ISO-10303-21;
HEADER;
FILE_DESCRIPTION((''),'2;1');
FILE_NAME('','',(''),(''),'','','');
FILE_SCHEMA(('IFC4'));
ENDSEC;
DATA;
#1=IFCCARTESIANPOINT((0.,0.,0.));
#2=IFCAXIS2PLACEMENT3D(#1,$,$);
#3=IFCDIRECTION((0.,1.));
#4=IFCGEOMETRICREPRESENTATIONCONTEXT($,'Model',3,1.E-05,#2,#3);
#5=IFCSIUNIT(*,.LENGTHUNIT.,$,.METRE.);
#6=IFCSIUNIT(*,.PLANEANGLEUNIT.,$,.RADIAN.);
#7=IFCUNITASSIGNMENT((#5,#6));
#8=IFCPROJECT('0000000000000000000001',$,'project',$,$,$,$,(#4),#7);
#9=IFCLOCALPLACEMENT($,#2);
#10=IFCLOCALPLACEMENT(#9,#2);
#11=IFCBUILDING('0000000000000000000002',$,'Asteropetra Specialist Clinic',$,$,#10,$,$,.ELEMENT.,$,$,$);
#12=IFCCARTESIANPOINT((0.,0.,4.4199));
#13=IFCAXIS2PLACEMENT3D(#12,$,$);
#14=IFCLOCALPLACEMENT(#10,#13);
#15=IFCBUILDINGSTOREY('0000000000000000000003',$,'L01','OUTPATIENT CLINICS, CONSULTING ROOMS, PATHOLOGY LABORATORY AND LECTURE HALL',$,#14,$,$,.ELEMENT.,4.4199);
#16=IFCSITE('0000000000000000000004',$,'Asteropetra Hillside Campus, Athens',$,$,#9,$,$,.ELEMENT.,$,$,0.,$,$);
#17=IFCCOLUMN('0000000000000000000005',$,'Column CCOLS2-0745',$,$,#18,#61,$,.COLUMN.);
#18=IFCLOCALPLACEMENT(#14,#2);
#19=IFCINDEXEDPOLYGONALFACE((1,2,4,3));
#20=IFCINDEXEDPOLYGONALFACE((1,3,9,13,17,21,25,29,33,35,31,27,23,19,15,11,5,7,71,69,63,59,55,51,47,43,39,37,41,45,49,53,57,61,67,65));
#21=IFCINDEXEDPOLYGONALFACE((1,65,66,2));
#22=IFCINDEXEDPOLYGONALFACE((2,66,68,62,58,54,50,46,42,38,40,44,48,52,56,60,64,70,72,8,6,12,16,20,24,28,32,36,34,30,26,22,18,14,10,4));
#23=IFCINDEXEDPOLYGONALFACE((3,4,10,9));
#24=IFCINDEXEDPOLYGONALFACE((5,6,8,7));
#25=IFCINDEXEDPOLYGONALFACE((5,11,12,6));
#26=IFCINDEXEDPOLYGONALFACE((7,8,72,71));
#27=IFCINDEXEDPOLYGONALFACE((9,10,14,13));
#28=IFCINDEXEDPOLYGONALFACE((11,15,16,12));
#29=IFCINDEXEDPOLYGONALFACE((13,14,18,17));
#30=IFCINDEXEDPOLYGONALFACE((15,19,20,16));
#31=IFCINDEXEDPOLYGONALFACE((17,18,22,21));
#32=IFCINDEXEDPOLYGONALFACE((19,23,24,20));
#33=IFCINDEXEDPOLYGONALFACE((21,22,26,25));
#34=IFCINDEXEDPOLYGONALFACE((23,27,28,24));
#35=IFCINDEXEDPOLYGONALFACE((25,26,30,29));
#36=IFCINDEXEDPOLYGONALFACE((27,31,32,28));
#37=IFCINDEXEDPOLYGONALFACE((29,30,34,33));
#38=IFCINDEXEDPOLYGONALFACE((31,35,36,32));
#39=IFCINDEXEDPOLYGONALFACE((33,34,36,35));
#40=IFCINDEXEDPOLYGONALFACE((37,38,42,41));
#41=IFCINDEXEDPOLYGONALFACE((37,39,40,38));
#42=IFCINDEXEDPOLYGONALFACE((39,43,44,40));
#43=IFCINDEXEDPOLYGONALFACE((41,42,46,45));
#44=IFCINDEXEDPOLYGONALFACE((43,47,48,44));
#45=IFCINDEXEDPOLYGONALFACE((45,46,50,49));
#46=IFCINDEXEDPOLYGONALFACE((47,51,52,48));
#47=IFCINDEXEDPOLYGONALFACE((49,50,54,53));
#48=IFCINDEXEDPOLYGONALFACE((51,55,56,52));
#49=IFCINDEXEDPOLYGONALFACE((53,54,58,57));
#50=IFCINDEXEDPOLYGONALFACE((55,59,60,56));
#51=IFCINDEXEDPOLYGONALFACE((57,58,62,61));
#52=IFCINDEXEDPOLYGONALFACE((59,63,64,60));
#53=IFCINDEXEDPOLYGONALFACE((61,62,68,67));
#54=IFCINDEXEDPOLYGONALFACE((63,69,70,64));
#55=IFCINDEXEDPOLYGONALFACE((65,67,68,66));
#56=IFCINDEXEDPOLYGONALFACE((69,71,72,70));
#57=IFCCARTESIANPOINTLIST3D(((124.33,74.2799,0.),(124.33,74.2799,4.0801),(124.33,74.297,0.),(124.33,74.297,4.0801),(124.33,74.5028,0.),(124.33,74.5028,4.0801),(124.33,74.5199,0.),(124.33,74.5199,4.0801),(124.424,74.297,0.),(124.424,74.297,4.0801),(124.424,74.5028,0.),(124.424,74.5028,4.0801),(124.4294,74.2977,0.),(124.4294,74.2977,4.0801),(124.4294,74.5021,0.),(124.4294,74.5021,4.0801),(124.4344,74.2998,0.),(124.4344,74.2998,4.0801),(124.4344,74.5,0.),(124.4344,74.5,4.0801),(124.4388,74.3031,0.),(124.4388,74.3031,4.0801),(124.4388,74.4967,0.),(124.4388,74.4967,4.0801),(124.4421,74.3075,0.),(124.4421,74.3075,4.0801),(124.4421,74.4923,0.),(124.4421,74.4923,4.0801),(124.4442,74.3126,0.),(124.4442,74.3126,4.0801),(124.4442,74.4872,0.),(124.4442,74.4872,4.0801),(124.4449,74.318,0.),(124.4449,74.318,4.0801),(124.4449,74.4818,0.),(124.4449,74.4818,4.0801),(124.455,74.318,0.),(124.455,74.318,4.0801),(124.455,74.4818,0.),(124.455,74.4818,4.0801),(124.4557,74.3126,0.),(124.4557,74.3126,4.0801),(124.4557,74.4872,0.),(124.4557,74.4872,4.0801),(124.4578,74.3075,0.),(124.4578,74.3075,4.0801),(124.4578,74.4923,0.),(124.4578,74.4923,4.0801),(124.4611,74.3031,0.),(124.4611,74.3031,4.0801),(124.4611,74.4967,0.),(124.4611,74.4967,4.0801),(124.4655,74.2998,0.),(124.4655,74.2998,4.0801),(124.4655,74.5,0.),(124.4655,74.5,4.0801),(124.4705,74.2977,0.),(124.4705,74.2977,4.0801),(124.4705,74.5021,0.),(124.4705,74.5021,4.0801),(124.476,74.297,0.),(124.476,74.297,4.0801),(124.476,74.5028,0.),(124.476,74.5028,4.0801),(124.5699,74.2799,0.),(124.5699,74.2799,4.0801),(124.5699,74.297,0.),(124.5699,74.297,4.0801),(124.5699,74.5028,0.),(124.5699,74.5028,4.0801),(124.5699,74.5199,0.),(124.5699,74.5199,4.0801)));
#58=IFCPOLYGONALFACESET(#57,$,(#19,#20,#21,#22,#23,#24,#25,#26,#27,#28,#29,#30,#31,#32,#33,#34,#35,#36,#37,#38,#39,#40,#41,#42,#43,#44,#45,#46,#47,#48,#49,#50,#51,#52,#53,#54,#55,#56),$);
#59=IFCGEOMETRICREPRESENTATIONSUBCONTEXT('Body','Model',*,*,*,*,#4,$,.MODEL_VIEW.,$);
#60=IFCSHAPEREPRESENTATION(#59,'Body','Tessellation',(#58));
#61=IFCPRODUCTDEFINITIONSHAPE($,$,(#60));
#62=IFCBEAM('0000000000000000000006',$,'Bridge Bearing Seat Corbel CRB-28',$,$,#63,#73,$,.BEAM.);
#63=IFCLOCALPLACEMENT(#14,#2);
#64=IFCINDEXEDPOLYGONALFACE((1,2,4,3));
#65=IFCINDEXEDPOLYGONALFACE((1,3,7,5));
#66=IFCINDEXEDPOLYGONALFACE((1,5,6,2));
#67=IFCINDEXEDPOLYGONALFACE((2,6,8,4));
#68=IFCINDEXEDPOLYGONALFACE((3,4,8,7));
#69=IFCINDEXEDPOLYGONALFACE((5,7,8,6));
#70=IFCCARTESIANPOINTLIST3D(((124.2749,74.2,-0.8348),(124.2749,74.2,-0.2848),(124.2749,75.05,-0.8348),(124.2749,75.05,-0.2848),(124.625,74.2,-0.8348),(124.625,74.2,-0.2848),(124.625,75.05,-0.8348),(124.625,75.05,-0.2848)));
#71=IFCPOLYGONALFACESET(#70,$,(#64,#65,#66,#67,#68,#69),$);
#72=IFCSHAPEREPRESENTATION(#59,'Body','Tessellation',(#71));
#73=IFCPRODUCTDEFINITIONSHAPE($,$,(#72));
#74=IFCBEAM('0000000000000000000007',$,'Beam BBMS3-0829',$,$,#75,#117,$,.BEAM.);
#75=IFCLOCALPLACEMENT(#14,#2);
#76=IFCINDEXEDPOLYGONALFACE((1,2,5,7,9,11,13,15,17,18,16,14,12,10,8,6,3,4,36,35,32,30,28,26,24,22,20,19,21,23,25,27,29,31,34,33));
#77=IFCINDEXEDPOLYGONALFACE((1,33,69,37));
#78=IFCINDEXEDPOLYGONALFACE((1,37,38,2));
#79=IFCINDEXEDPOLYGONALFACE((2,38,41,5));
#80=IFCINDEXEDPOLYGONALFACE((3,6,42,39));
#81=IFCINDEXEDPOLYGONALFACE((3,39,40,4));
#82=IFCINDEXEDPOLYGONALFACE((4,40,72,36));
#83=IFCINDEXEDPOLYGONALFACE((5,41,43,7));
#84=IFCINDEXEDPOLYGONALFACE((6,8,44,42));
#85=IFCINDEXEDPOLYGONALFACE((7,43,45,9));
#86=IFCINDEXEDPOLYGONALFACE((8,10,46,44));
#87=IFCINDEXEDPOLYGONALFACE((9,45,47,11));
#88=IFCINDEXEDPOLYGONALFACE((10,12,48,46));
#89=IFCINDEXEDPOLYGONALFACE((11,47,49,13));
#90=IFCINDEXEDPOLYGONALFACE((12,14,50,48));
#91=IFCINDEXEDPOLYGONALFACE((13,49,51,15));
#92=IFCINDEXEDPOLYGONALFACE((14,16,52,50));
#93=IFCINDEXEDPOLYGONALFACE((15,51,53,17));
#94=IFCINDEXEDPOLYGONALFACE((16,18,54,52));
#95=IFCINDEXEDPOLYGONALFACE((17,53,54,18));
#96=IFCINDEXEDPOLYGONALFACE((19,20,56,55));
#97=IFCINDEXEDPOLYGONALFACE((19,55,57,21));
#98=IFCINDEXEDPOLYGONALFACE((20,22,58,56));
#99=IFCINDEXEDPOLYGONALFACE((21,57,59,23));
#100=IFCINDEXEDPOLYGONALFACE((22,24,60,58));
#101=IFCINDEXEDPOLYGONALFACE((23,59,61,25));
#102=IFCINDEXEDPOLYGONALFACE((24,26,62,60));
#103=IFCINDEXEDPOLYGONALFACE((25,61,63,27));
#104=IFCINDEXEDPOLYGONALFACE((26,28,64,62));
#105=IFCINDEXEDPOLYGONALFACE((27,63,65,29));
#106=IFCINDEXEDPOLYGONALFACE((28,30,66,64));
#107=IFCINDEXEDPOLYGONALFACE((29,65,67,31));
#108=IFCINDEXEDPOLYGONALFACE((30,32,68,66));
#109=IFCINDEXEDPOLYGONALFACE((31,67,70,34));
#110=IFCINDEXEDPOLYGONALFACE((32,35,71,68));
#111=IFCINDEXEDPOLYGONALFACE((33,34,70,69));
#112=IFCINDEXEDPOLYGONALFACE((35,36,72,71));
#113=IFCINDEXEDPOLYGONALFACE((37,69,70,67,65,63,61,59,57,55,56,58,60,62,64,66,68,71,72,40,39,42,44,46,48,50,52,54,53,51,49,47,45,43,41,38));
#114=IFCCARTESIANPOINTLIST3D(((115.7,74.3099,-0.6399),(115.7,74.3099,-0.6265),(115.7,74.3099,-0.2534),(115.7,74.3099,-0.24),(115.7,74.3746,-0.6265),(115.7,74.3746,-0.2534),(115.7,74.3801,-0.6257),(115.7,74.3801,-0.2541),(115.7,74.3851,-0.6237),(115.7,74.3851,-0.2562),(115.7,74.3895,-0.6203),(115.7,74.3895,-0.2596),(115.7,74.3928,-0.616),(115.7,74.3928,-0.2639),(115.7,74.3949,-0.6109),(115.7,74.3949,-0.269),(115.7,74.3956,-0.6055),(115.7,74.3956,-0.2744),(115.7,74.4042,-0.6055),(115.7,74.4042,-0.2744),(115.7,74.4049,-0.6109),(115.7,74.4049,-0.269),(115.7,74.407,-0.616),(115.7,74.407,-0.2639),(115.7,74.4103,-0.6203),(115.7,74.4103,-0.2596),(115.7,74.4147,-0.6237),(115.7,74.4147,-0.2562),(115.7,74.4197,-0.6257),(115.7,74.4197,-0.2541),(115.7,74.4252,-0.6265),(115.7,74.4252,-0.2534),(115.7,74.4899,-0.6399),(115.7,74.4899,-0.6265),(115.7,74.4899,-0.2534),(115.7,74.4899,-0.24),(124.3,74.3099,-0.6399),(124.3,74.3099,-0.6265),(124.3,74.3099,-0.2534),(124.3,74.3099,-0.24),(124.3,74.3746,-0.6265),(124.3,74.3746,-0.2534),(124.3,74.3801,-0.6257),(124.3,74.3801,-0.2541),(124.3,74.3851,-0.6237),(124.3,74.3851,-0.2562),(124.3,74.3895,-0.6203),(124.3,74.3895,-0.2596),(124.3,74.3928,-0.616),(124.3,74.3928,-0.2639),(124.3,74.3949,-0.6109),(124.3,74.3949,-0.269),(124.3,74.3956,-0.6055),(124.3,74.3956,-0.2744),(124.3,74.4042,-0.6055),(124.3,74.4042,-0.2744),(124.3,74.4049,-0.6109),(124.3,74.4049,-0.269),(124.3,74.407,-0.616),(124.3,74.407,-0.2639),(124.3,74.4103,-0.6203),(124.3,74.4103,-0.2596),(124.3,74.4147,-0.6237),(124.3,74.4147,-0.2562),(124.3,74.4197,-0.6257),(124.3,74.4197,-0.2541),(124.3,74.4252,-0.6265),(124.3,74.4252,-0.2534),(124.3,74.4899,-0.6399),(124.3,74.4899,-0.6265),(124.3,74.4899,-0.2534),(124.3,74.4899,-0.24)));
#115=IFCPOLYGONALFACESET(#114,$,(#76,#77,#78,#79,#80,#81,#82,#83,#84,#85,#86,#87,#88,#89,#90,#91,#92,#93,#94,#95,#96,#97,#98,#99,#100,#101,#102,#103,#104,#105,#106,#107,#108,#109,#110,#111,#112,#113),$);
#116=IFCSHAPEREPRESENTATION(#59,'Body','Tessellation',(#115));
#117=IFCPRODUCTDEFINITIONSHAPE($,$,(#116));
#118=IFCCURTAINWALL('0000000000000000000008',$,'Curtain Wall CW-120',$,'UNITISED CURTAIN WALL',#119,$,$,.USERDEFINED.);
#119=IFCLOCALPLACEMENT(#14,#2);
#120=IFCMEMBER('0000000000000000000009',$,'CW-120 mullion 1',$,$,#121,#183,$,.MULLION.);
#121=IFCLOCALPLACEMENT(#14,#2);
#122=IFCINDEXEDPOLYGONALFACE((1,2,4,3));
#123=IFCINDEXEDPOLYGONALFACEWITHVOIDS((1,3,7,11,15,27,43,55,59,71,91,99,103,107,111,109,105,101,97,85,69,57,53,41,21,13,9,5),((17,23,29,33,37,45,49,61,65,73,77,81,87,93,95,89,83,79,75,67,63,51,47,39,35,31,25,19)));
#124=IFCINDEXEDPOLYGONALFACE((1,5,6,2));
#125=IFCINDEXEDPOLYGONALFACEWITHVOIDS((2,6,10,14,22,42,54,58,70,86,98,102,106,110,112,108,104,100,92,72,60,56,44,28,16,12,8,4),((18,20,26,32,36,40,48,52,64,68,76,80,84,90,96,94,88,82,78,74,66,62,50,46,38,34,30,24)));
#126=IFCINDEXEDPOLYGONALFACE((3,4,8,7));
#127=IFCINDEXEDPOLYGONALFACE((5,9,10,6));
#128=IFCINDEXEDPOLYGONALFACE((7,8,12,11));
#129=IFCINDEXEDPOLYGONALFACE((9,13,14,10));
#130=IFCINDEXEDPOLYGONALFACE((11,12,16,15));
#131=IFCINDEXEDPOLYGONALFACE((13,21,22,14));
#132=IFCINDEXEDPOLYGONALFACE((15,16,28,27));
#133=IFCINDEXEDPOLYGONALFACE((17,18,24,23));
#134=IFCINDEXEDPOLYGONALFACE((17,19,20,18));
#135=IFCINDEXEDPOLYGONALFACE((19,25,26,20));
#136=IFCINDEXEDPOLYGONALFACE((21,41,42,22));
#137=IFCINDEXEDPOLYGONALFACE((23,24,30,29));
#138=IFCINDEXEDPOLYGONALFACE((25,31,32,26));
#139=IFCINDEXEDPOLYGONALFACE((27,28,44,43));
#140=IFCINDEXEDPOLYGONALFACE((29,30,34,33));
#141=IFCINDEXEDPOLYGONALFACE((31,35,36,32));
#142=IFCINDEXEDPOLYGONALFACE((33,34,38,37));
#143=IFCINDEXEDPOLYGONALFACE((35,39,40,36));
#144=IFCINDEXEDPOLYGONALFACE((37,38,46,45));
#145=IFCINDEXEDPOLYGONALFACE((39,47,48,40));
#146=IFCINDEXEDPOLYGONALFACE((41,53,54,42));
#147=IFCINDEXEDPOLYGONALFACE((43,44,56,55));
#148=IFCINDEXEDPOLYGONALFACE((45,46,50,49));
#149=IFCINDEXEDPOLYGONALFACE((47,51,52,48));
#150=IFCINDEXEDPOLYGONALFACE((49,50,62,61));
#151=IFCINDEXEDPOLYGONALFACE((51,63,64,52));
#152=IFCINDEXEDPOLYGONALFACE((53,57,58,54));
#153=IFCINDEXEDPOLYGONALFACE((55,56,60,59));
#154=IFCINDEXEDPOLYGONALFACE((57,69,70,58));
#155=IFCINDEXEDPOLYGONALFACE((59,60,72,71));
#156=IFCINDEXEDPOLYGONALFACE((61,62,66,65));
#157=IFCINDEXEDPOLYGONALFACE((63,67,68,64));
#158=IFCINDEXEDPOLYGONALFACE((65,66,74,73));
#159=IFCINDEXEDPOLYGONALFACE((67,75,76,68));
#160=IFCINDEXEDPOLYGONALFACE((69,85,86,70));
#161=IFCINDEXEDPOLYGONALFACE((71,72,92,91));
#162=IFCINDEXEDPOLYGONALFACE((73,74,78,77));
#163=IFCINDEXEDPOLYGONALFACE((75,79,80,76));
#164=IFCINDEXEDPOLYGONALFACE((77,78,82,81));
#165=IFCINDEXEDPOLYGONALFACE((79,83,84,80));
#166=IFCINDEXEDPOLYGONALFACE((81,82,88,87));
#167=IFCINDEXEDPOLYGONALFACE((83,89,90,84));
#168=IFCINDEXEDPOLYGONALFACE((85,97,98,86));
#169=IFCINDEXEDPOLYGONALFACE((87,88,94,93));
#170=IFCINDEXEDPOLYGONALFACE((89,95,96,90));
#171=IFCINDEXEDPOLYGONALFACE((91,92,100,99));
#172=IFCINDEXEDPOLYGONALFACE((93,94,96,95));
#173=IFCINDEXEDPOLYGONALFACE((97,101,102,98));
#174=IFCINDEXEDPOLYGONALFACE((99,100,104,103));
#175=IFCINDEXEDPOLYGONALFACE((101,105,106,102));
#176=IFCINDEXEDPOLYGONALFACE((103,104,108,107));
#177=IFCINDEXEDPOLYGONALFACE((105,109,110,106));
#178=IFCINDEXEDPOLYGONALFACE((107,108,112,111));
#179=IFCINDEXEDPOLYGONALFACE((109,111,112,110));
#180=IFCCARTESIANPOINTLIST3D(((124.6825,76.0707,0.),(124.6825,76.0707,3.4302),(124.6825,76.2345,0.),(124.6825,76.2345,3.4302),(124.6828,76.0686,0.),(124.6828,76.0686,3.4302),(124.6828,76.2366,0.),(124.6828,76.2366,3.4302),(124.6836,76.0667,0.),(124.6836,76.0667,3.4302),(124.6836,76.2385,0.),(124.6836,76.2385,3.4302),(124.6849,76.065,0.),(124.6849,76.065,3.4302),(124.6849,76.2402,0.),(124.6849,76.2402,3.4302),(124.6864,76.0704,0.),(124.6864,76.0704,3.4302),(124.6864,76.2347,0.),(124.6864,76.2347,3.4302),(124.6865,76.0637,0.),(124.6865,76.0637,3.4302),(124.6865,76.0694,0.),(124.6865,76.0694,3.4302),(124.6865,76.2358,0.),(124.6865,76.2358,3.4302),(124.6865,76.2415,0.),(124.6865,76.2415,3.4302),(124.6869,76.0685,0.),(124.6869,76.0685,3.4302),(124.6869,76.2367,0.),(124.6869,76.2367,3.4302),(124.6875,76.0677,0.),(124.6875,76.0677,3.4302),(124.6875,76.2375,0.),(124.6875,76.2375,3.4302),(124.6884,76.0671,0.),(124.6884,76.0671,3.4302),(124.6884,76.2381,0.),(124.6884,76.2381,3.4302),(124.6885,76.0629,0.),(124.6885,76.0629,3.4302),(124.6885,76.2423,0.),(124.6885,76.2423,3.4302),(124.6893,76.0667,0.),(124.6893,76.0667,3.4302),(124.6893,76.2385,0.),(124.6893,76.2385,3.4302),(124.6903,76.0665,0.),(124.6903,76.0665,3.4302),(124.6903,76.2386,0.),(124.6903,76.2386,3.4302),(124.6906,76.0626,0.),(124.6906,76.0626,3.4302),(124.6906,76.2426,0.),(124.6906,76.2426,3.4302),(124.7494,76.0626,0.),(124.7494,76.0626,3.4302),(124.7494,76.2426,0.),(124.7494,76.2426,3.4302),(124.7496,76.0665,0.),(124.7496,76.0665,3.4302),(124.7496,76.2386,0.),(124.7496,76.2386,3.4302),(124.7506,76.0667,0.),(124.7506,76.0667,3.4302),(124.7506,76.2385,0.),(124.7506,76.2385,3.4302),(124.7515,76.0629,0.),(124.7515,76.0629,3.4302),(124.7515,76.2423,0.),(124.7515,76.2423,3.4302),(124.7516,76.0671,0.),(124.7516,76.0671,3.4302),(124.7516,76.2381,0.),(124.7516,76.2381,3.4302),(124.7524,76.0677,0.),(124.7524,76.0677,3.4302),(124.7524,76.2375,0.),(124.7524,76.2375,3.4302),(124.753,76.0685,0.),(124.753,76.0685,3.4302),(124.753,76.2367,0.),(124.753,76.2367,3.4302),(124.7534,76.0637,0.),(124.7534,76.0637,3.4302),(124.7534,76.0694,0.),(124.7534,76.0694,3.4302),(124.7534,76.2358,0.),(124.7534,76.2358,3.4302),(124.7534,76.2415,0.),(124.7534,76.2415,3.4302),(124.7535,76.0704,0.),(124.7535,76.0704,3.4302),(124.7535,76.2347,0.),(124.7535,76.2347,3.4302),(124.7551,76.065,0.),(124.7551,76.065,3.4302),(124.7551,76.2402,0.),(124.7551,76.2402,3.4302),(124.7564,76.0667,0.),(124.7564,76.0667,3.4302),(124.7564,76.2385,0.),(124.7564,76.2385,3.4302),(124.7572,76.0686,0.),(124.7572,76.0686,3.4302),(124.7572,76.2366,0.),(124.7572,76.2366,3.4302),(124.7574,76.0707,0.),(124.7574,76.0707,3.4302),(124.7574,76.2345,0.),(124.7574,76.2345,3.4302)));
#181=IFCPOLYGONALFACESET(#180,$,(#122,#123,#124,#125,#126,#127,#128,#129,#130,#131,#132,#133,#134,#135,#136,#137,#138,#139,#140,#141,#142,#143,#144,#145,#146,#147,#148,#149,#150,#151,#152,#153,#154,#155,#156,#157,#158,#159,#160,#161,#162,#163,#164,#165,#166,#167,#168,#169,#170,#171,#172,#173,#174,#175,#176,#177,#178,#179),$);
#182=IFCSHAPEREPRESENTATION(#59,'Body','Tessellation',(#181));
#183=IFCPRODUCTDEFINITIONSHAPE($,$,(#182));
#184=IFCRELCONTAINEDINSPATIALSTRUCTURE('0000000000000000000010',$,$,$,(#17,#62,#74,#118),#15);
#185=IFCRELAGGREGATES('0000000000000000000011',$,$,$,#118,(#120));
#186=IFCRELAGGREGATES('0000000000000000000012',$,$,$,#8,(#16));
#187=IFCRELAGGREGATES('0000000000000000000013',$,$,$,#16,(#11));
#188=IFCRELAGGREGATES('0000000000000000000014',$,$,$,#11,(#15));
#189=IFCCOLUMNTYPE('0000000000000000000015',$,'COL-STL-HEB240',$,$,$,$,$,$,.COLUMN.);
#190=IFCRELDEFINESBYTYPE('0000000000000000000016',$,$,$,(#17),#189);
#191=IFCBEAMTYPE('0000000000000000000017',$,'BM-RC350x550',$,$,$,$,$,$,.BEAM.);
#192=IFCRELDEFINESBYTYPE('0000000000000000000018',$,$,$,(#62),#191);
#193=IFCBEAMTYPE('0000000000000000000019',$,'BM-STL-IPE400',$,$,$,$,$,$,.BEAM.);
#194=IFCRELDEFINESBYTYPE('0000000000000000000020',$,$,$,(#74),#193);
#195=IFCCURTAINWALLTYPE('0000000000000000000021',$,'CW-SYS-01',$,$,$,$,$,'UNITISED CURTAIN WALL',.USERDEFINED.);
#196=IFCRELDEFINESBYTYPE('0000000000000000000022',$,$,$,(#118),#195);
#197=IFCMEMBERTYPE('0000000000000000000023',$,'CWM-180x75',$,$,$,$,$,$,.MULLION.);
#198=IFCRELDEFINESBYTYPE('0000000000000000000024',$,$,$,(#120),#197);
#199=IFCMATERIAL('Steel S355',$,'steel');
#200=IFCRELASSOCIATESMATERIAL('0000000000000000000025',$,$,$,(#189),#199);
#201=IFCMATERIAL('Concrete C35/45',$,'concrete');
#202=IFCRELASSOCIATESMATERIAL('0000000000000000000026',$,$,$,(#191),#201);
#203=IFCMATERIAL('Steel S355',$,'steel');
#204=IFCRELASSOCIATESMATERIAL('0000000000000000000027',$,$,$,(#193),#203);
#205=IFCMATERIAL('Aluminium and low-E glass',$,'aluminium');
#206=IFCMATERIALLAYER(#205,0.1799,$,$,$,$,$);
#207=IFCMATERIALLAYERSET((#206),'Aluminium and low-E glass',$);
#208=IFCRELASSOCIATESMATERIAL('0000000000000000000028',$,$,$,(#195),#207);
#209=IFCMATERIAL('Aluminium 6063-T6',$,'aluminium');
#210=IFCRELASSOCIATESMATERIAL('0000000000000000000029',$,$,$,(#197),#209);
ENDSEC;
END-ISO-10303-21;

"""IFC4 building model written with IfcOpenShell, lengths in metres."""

from ifc_helpers import new_model, si_unit, direction, frame, origin, origin_2d, place, context, subcontext, project, spatial, rectangle, hollow_rectangle, i_section, extrude, material, layer, layer_set, material_profile, profile_set, type_object, element, aggregate, save


model = new_model("IFC4")

# Units and contexts
model_context = context("Model", 3, precision=1e-05, world=origin(), true_north=direction((0.0, 1.0)))
body_context = subcontext(model_context, "Body", "Model", "MODEL_VIEW")
ifc_project = project(units=[si_unit("LENGTHUNIT", "METRE"), si_unit("PLANEANGLEUNIT", "RADIAN")], contexts=[model_context])

# Site, building, storey
site_placement = place(None, origin())
site = spatial("IfcSite", under=ifc_project, at=site_placement, Name="Asteropetra Hillside Campus, Athens", CompositionType="ELEMENT", RefElevation=0.0)
building_placement = place(site_placement, origin())
building = spatial("IfcBuilding", under=site, at=building_placement, Name="Asteropetra Specialist Clinic", CompositionType="ELEMENT")
storey_placement = place(building_placement, frame((0.0, 0.0, 4.4199)))
storey = spatial("IfcBuildingStorey", under=building, at=storey_placement, Name="L01", Description="OUTPATIENT CLINICS, CONSULTING ROOMS, PATHOLOGY LABORATORY AND LECTURE HALL", CompositionType="ELEMENT", Elevation=4.4199)

# Column
ifc_material_1 = material(Name="Steel S355", Category="steel")
ifc_material_profile_1 = material_profile(ifc_material_1, i_section(OverallWidth=0.24, OverallDepth=0.24, WebThickness=0.01, FlangeThickness=0.0171, FilletRadius=0.021, at=origin_2d()), Name="HEB 240")
ifc_profile_set_1 = profile_set([ifc_material_profile_1], Name="Steel S355")
column_type = type_object("IfcColumnType", Name="COL-STL-HEB240", PredefinedType="COLUMN", material=ifc_profile_set_1)
column_placement = place(storey_placement, frame((124.45, 74.3999, 0.0), z_axis=(0.0, 0.0, 1.0), x_axis=(1.0, 0.0, 0.0)))
element("IfcColumn", 1, at=column_placement, inside=storey, type_object=column_type, Name="Column CCOLS2-0745", PredefinedType="COLUMN", context=body_context, shape_type="SweptSolid", body=[
    extrude(i_section(OverallWidth=0.24, OverallDepth=0.24, WebThickness=0.01, FlangeThickness=0.0171, FilletRadius=0.021, at=origin_2d()), origin(), (0.0, 0.0, 1.0), 4.0801),
])

# Beams
ifc_material_2 = material(Name="Concrete C35/45", Category="concrete")
ifc_material_profile_2 = material_profile(ifc_material_2, rectangle(XDim=0.3501, YDim=0.55, at=origin_2d()), Name="RCB 350x550")
ifc_profile_set_2 = profile_set([ifc_material_profile_2], Name="Concrete C35/45")
beam_type_1 = type_object("IfcBeamType", Name="BM-RC350x550", PredefinedType="BEAM", material=ifc_profile_set_2)
beam_1_placement = place(storey_placement, frame((124.45, 74.2, -0.5598), z_axis=(0.0, 1.0, 0.0), x_axis=(-1.0, 0.0, 0.0)))
element("IfcBeam", 2, at=beam_1_placement, inside=storey, type_object=beam_type_1, Name="Bridge Bearing Seat Corbel CRB-28", PredefinedType="BEAM", context=body_context, shape_type="SweptSolid", body=[
    extrude(rectangle(XDim=0.3501, YDim=0.55, at=origin_2d()), origin(), (0.0, 0.0, 1.0), 0.8501),
])
ifc_material_3 = material(Name="Steel S355", Category="steel")
ifc_material_profile_3 = material_profile(ifc_material_3, i_section(OverallWidth=0.1799, OverallDepth=0.3999, WebThickness=0.0085, FlangeThickness=0.0134, FilletRadius=0.021, at=origin_2d()), Name="IPE 400")
ifc_profile_set_3 = profile_set([ifc_material_profile_3], Name="Steel S355")
beam_type_2 = type_object("IfcBeamType", Name="BM-STL-IPE400", PredefinedType="BEAM", material=ifc_profile_set_3)
beam_2_placement = place(storey_placement, frame((115.7, 74.3999, -0.4399), z_axis=(1.0, 0.0, 0.0), x_axis=(0.0, 1.0, 0.0)))
element("IfcBeam", 3, at=beam_2_placement, inside=storey, type_object=beam_type_2, Name="Beam BBMS3-0829", PredefinedType="BEAM", context=body_context, shape_type="SweptSolid", body=[
    extrude(i_section(OverallWidth=0.1799, OverallDepth=0.3999, WebThickness=0.0085, FlangeThickness=0.0134, FilletRadius=0.021, at=origin_2d()), origin(), (0.0, 0.0, 1.0), 8.6001),
])

# Curtain wall, member
ifc_material_4 = material(Name="Aluminium and low-E glass", Category="aluminium")
ifc_layer_1 = layer(ifc_material_4, 0.1799)
ifc_layer_set_1 = layer_set([ifc_layer_1], Name="Aluminium and low-E glass")
curtain_wall_type = type_object("IfcCurtainWallType", Name="CW-SYS-01", ElementType="UNITISED CURTAIN WALL", PredefinedType="USERDEFINED", material=ifc_layer_set_1)
curtain_wall_placement = place(storey_placement, origin())
curtain_wall = element("IfcCurtainWall", 4, at=curtain_wall_placement, inside=storey, type_object=curtain_wall_type, Name="Curtain Wall CW-120", ObjectType="UNITISED CURTAIN WALL", PredefinedType="USERDEFINED")
ifc_material_5 = material(Name="Aluminium 6063-T6", Category="aluminium")
ifc_material_profile_4 = material_profile(ifc_material_5, hollow_rectangle(XDim=0.075, YDim=0.1799, WallThickness=0.0039, InnerFilletRadius=0.0039, OuterFilletRadius=0.0081, at=origin_2d()), Name="MUL 180x75x4.0")
ifc_profile_set_4 = profile_set([ifc_material_profile_4], Name="Aluminium 6063-T6")
member_type_1 = type_object("IfcMemberType", Name="CWM-180x75", PredefinedType="MULLION", material=ifc_profile_set_4)
member_1_placement = place(storey_placement, frame((124.72, 76.1526, 0.0), z_axis=(0.0, 0.0, 1.0), x_axis=(1.0, 0.0, 0.0)))
member_1 = element("IfcMember", 5, at=member_1_placement, type_object=member_type_1, Name="CW-120 mullion 1", PredefinedType="MULLION", context=body_context, shape_type="SweptSolid", body=[
    extrude(hollow_rectangle(XDim=0.075, YDim=0.1799, WallThickness=0.0039, InnerFilletRadius=0.0039, OuterFilletRadius=0.0081, at=origin_2d()), origin(), (0.0, 0.0, 1.0), 3.4302),
])

aggregate(curtain_wall, [member_1])

save(model, "model.ifc")
